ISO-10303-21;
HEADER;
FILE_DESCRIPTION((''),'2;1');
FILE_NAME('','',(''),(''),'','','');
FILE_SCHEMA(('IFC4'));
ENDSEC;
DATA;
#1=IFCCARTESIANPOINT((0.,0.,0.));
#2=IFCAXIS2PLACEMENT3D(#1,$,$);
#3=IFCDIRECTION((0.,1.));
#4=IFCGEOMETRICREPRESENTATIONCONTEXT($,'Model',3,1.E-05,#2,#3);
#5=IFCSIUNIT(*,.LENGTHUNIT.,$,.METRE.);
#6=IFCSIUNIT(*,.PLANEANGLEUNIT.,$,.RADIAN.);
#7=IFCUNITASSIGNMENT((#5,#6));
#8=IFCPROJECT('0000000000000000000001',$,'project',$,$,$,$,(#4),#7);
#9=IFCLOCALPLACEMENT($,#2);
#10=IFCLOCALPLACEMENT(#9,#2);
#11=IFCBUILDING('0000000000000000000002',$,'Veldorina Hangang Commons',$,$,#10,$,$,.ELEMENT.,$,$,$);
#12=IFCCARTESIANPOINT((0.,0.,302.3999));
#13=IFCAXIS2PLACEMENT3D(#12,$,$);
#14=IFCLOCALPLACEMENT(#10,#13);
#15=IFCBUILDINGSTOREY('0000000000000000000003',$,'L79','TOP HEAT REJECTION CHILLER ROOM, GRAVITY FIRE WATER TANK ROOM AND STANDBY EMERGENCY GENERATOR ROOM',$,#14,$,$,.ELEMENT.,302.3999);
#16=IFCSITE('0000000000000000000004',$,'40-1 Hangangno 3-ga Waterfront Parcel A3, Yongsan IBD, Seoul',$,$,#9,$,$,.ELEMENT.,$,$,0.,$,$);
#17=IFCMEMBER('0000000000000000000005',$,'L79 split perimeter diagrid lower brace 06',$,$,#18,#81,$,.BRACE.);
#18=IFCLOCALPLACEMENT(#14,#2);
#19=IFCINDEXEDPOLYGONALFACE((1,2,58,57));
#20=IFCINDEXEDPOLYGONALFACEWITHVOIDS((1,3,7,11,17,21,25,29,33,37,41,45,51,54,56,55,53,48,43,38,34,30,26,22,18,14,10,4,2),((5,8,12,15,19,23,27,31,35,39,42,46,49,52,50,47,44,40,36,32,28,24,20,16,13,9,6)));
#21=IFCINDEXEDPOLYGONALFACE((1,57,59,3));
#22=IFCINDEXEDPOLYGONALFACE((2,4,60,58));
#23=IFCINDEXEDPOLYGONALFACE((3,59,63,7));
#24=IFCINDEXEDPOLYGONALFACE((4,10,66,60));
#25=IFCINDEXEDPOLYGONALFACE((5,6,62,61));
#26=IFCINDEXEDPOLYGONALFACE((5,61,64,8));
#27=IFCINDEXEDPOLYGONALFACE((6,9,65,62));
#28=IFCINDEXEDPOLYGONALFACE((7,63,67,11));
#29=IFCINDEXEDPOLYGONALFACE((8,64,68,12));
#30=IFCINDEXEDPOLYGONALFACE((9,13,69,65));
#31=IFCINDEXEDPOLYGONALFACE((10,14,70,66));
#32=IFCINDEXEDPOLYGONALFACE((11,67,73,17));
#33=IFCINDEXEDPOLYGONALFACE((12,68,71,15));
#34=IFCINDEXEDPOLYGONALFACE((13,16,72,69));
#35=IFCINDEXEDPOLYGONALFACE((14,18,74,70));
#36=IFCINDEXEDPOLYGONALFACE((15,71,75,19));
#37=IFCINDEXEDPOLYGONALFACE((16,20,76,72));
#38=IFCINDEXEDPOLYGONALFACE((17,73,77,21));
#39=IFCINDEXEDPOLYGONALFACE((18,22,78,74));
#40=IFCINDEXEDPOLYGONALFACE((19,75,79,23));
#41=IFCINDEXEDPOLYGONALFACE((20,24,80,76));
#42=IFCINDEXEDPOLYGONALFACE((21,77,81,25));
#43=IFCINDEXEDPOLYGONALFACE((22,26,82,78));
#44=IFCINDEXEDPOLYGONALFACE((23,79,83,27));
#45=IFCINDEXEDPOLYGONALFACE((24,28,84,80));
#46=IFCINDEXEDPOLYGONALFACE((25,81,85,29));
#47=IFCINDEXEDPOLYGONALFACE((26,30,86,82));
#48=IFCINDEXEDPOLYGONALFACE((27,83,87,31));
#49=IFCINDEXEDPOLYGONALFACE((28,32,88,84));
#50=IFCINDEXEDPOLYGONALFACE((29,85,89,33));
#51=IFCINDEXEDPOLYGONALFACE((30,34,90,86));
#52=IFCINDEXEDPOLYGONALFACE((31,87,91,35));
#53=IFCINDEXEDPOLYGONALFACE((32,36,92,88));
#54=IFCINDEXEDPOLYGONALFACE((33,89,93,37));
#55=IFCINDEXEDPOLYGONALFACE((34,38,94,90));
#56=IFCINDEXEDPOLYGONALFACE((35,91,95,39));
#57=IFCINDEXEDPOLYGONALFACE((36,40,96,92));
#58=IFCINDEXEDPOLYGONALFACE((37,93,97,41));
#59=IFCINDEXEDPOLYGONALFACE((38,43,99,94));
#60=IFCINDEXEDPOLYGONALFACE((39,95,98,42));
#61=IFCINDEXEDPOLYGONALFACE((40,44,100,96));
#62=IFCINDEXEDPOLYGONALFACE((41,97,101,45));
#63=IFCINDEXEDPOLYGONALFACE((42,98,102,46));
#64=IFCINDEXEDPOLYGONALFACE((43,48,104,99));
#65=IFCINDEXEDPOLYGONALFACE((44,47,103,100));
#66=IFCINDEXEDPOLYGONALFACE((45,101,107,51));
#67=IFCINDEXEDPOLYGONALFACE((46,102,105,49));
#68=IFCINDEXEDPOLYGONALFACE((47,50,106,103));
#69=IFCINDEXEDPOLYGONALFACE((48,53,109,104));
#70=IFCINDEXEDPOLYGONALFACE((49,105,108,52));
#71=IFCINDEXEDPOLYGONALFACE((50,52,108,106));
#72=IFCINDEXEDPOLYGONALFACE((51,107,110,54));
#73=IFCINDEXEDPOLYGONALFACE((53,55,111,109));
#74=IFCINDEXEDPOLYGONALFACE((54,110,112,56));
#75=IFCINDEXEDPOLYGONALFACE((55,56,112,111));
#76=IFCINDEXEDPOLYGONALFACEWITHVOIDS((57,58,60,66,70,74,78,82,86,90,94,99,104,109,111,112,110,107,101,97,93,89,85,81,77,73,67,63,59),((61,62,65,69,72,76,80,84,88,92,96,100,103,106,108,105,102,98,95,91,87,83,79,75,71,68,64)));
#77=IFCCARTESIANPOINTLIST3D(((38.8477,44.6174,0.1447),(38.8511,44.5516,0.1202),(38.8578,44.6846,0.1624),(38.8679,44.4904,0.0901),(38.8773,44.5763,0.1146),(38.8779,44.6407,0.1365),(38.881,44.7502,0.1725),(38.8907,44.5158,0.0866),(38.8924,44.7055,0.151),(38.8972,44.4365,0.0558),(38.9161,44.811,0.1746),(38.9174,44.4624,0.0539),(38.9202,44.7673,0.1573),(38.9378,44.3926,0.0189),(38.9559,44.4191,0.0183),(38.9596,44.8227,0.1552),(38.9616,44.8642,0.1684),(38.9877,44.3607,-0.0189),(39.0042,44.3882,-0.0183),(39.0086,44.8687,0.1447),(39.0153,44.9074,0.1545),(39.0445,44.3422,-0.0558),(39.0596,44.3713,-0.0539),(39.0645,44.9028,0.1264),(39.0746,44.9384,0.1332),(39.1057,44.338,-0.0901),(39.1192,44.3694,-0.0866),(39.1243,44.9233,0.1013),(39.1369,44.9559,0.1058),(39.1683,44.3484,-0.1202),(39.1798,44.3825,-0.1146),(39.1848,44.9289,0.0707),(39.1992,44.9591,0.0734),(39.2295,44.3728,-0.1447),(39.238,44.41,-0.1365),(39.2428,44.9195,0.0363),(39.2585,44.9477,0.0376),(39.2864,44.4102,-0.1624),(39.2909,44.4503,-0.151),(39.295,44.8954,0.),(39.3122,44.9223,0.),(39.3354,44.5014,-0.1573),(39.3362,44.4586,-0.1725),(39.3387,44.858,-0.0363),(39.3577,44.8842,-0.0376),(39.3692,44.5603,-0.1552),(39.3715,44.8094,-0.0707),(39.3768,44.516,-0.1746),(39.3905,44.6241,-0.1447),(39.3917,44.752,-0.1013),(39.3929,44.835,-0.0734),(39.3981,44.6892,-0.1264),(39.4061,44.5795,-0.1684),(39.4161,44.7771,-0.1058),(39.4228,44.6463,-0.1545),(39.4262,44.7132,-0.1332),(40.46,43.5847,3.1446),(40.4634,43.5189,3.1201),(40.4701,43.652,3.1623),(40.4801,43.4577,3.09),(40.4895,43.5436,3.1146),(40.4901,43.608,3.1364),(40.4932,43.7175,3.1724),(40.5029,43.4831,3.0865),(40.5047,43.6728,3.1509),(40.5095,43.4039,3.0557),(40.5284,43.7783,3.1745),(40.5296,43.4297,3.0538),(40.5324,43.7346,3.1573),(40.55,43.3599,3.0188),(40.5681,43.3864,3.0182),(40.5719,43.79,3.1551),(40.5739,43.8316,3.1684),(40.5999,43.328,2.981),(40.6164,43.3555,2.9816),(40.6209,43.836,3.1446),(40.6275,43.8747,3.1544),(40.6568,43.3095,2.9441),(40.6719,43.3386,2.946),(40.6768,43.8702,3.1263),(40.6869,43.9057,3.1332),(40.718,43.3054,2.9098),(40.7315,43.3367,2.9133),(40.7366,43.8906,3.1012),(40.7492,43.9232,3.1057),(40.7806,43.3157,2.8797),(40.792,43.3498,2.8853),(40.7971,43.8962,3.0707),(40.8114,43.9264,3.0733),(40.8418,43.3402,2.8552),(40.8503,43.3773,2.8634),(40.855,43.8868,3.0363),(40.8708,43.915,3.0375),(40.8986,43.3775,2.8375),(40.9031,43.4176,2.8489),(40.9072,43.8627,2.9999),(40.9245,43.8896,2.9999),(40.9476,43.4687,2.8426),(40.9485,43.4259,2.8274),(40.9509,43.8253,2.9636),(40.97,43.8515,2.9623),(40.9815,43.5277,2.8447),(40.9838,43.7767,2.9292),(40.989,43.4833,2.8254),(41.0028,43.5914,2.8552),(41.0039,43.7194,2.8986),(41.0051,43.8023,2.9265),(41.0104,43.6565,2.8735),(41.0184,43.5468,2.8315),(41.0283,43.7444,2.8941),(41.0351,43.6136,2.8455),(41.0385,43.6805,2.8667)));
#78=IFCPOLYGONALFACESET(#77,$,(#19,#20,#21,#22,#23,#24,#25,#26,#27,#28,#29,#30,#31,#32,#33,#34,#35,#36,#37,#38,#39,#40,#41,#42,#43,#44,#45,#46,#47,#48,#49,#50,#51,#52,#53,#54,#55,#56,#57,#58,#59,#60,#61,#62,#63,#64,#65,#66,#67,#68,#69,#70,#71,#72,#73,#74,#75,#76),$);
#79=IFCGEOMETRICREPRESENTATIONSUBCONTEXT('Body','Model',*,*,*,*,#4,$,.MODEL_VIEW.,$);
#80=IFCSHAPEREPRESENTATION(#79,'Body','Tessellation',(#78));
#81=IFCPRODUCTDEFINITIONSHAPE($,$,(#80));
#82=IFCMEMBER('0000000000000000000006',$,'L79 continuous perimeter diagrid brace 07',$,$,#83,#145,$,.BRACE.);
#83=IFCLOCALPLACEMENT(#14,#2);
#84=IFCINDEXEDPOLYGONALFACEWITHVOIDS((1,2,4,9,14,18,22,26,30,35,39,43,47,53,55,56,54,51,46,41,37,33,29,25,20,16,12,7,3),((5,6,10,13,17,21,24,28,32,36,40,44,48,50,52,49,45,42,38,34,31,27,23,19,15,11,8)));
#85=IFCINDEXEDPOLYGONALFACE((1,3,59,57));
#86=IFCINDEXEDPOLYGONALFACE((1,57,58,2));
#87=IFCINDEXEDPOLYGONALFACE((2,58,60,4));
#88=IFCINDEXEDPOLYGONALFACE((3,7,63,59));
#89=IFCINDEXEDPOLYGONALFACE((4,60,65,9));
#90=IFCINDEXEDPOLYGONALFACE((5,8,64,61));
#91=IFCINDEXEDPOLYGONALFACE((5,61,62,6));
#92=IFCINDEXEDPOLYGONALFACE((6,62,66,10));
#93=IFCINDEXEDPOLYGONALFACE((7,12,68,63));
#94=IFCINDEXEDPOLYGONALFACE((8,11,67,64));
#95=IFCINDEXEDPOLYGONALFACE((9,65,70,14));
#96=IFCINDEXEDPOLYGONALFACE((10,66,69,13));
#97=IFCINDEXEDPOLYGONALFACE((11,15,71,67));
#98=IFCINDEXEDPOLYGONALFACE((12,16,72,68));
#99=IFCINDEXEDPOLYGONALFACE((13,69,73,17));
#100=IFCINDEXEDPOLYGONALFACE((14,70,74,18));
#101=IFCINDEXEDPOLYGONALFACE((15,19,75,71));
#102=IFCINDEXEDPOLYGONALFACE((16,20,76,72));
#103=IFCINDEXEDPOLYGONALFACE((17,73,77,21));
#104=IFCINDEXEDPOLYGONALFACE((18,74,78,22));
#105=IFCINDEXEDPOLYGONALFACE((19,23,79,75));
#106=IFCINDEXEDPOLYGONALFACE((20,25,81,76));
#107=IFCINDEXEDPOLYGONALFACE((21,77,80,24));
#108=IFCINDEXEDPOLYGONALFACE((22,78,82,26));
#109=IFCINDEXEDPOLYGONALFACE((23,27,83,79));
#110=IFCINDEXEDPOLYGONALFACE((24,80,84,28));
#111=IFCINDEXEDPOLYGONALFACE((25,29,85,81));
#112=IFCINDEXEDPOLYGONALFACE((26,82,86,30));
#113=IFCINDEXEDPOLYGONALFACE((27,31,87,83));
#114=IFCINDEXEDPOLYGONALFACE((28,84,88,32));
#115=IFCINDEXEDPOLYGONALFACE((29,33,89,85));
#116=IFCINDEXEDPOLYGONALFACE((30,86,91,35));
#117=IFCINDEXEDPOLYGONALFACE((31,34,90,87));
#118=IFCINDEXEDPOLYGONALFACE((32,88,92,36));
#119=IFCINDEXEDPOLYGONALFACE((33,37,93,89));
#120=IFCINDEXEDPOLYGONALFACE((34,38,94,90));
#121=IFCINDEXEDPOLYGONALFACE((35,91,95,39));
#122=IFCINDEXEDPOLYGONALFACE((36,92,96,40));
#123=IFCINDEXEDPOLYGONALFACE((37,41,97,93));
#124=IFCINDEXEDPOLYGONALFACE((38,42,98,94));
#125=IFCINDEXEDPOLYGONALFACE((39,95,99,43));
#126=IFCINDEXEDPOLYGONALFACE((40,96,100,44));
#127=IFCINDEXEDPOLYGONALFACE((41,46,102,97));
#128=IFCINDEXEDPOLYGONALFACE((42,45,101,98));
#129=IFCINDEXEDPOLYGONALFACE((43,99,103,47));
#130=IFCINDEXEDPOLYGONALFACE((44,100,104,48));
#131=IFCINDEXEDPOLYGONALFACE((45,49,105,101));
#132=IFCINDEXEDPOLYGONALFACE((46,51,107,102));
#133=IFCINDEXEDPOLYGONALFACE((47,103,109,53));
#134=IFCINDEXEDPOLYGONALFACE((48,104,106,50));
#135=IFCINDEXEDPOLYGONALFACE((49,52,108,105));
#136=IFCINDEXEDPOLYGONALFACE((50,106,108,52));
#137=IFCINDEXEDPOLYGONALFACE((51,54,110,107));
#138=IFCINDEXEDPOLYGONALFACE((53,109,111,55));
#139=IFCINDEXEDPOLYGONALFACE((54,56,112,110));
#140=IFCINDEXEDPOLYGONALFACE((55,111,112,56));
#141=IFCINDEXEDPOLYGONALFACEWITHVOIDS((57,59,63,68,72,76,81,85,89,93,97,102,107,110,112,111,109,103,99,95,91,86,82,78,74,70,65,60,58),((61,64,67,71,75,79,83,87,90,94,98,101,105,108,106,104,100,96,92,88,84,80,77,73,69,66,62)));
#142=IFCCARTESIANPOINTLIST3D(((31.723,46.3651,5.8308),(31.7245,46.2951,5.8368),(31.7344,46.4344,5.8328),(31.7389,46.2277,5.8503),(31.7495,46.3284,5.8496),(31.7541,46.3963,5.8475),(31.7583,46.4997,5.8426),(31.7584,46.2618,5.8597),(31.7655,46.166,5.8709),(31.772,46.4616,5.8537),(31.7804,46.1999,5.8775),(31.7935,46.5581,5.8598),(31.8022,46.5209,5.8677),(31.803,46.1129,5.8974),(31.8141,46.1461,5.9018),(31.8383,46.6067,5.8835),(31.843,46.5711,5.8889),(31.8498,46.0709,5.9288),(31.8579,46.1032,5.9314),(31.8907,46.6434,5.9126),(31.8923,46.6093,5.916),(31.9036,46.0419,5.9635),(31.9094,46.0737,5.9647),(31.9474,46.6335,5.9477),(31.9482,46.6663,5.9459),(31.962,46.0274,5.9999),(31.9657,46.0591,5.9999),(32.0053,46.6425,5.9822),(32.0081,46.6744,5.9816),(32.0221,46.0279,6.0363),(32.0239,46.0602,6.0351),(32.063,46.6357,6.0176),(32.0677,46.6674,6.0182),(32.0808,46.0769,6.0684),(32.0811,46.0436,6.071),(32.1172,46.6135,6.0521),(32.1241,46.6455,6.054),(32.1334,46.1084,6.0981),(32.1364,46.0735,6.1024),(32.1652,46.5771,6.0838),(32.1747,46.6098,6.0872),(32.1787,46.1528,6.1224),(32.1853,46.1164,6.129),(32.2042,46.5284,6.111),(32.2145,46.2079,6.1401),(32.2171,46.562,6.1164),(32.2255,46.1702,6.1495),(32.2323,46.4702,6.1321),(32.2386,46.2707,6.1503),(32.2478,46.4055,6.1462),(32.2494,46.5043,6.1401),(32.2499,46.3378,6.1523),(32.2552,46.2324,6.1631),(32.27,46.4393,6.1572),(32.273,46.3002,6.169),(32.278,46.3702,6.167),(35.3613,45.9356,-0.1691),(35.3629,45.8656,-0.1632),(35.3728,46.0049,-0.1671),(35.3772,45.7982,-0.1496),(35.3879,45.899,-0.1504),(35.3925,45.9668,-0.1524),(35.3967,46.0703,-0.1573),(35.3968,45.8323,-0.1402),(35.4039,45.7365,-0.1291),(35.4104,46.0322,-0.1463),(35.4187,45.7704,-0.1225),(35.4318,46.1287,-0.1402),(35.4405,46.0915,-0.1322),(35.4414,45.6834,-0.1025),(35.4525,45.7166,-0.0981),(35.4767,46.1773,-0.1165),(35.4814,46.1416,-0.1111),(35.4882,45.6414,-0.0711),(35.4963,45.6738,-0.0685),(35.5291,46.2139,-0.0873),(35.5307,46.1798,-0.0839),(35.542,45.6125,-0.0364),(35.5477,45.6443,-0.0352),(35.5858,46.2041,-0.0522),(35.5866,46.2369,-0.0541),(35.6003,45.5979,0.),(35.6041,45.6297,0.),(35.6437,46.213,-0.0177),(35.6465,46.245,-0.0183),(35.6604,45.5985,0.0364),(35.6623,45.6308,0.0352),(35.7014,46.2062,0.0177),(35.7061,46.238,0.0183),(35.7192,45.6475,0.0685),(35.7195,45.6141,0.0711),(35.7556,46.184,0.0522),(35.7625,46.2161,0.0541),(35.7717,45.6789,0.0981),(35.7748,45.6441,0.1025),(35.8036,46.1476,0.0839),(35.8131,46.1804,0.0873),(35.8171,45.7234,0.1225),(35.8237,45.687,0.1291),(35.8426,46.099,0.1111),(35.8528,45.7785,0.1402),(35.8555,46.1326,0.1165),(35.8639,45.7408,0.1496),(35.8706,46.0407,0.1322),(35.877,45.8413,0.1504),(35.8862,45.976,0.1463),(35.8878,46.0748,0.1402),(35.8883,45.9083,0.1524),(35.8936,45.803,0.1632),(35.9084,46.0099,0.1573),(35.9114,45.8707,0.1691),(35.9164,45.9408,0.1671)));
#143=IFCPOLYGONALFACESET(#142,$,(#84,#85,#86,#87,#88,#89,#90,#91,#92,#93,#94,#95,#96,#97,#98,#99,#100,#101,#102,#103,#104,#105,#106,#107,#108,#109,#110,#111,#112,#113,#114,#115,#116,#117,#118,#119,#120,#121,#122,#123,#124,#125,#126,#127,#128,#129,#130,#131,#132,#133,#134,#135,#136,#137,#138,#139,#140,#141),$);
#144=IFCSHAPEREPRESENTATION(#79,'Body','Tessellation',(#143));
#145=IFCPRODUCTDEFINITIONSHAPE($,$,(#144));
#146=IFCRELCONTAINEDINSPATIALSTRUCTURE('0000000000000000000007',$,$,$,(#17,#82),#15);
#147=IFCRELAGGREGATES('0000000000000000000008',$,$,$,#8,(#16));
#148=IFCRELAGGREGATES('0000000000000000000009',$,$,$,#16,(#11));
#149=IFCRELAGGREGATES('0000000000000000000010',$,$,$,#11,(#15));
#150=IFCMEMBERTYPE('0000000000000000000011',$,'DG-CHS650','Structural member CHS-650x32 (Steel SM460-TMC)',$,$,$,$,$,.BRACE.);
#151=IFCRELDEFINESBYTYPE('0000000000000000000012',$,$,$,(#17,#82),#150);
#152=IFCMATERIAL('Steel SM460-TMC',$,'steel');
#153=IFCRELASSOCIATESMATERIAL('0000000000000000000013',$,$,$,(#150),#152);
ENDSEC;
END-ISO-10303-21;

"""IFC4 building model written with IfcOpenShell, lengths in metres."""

from ifc_helpers import new_model, si_unit, direction, frame, origin, origin_2d, place, context, subcontext, project, spatial, hollow_circle, extrude, material, material_profile, profile_set, type_object, element, save


model = new_model("IFC4")

# Units and contexts
model_context = context("Model", 3, precision=1e-05, world=origin(), true_north=direction((0.0, 1.0)))
body_context = subcontext(model_context, "Body", "Model", "MODEL_VIEW")
ifc_project = project(units=[si_unit("LENGTHUNIT", "METRE"), si_unit("PLANEANGLEUNIT", "RADIAN")], contexts=[model_context])

# Site, building, storey
site_placement = place(None, origin())
site = spatial("IfcSite", under=ifc_project, at=site_placement, Name="40-1 Hangangno 3-ga Waterfront Parcel A3, Yongsan IBD, Seoul", CompositionType="ELEMENT", RefElevation=0.0)
building_placement = place(site_placement, origin())
building = spatial("IfcBuilding", under=site, at=building_placement, Name="Veldorina Hangang Commons", CompositionType="ELEMENT")
storey_placement = place(building_placement, frame((0.0, 0.0, 302.3999)))
storey = spatial("IfcBuildingStorey", under=building, at=storey_placement, Name="L79", Description="TOP HEAT REJECTION CHILLER ROOM, GRAVITY FIRE WATER TANK ROOM AND STANDBY EMERGENCY GENERATOR ROOM", CompositionType="ELEMENT", Elevation=302.3999)

# Shared definitions
ifc_material_1 = material(Name="Steel SM460-TMC", Category="steel")

# Members
ifc_material_profile_1 = material_profile(ifc_material_1, hollow_circle(Radius=0.325, WallThickness=0.032, at=origin_2d()), Name="CHS-650x32")
ifc_profile_set_1 = profile_set([ifc_material_profile_1], Name="Steel SM460-TMC")
member_type_1 = type_object("IfcMemberType", Name="DG-CHS650", Description="Structural member CHS-650x32 (Steel SM460-TMC)", PredefinedType="BRACE", material=ifc_profile_set_1)
member_1_placement = place(storey_placement, frame((39.137, 44.6487, 0.0), z_axis=(0.45303, -0.290175, 0.842949), x_axis=(0.539365, 0.842072, 0.0)))
element("IfcMember", 1, at=member_1_placement, inside=storey, type_object=member_type_1, Name="L79 split perimeter diagrid lower brace 06", PredefinedType="BRACE", context=body_context, shape_type="SweptSolid", body=[
    extrude(hollow_circle(Radius=0.325, WallThickness=0.032, at=origin_2d()), origin(), (0.0, 0.0, 1.0), 3.5588),
])
member_2_placement = place(storey_placement, frame((35.6384, 45.9207, 0.0), z_axis=(-0.517549, 0.061086, 0.853471), x_axis=(-0.117216, -0.993106, 0.0)))
element("IfcMember", 2, at=member_2_placement, inside=storey, type_object=member_type_1, Name="L79 continuous perimeter diagrid brace 07", PredefinedType="BRACE", context=body_context, shape_type="SweptSolid", body=[
    extrude(hollow_circle(Radius=0.325, WallThickness=0.032, at=origin_2d()), origin(), (0.0, 0.0, 1.0), 7.03),
])

save(model, "model.ifc")
